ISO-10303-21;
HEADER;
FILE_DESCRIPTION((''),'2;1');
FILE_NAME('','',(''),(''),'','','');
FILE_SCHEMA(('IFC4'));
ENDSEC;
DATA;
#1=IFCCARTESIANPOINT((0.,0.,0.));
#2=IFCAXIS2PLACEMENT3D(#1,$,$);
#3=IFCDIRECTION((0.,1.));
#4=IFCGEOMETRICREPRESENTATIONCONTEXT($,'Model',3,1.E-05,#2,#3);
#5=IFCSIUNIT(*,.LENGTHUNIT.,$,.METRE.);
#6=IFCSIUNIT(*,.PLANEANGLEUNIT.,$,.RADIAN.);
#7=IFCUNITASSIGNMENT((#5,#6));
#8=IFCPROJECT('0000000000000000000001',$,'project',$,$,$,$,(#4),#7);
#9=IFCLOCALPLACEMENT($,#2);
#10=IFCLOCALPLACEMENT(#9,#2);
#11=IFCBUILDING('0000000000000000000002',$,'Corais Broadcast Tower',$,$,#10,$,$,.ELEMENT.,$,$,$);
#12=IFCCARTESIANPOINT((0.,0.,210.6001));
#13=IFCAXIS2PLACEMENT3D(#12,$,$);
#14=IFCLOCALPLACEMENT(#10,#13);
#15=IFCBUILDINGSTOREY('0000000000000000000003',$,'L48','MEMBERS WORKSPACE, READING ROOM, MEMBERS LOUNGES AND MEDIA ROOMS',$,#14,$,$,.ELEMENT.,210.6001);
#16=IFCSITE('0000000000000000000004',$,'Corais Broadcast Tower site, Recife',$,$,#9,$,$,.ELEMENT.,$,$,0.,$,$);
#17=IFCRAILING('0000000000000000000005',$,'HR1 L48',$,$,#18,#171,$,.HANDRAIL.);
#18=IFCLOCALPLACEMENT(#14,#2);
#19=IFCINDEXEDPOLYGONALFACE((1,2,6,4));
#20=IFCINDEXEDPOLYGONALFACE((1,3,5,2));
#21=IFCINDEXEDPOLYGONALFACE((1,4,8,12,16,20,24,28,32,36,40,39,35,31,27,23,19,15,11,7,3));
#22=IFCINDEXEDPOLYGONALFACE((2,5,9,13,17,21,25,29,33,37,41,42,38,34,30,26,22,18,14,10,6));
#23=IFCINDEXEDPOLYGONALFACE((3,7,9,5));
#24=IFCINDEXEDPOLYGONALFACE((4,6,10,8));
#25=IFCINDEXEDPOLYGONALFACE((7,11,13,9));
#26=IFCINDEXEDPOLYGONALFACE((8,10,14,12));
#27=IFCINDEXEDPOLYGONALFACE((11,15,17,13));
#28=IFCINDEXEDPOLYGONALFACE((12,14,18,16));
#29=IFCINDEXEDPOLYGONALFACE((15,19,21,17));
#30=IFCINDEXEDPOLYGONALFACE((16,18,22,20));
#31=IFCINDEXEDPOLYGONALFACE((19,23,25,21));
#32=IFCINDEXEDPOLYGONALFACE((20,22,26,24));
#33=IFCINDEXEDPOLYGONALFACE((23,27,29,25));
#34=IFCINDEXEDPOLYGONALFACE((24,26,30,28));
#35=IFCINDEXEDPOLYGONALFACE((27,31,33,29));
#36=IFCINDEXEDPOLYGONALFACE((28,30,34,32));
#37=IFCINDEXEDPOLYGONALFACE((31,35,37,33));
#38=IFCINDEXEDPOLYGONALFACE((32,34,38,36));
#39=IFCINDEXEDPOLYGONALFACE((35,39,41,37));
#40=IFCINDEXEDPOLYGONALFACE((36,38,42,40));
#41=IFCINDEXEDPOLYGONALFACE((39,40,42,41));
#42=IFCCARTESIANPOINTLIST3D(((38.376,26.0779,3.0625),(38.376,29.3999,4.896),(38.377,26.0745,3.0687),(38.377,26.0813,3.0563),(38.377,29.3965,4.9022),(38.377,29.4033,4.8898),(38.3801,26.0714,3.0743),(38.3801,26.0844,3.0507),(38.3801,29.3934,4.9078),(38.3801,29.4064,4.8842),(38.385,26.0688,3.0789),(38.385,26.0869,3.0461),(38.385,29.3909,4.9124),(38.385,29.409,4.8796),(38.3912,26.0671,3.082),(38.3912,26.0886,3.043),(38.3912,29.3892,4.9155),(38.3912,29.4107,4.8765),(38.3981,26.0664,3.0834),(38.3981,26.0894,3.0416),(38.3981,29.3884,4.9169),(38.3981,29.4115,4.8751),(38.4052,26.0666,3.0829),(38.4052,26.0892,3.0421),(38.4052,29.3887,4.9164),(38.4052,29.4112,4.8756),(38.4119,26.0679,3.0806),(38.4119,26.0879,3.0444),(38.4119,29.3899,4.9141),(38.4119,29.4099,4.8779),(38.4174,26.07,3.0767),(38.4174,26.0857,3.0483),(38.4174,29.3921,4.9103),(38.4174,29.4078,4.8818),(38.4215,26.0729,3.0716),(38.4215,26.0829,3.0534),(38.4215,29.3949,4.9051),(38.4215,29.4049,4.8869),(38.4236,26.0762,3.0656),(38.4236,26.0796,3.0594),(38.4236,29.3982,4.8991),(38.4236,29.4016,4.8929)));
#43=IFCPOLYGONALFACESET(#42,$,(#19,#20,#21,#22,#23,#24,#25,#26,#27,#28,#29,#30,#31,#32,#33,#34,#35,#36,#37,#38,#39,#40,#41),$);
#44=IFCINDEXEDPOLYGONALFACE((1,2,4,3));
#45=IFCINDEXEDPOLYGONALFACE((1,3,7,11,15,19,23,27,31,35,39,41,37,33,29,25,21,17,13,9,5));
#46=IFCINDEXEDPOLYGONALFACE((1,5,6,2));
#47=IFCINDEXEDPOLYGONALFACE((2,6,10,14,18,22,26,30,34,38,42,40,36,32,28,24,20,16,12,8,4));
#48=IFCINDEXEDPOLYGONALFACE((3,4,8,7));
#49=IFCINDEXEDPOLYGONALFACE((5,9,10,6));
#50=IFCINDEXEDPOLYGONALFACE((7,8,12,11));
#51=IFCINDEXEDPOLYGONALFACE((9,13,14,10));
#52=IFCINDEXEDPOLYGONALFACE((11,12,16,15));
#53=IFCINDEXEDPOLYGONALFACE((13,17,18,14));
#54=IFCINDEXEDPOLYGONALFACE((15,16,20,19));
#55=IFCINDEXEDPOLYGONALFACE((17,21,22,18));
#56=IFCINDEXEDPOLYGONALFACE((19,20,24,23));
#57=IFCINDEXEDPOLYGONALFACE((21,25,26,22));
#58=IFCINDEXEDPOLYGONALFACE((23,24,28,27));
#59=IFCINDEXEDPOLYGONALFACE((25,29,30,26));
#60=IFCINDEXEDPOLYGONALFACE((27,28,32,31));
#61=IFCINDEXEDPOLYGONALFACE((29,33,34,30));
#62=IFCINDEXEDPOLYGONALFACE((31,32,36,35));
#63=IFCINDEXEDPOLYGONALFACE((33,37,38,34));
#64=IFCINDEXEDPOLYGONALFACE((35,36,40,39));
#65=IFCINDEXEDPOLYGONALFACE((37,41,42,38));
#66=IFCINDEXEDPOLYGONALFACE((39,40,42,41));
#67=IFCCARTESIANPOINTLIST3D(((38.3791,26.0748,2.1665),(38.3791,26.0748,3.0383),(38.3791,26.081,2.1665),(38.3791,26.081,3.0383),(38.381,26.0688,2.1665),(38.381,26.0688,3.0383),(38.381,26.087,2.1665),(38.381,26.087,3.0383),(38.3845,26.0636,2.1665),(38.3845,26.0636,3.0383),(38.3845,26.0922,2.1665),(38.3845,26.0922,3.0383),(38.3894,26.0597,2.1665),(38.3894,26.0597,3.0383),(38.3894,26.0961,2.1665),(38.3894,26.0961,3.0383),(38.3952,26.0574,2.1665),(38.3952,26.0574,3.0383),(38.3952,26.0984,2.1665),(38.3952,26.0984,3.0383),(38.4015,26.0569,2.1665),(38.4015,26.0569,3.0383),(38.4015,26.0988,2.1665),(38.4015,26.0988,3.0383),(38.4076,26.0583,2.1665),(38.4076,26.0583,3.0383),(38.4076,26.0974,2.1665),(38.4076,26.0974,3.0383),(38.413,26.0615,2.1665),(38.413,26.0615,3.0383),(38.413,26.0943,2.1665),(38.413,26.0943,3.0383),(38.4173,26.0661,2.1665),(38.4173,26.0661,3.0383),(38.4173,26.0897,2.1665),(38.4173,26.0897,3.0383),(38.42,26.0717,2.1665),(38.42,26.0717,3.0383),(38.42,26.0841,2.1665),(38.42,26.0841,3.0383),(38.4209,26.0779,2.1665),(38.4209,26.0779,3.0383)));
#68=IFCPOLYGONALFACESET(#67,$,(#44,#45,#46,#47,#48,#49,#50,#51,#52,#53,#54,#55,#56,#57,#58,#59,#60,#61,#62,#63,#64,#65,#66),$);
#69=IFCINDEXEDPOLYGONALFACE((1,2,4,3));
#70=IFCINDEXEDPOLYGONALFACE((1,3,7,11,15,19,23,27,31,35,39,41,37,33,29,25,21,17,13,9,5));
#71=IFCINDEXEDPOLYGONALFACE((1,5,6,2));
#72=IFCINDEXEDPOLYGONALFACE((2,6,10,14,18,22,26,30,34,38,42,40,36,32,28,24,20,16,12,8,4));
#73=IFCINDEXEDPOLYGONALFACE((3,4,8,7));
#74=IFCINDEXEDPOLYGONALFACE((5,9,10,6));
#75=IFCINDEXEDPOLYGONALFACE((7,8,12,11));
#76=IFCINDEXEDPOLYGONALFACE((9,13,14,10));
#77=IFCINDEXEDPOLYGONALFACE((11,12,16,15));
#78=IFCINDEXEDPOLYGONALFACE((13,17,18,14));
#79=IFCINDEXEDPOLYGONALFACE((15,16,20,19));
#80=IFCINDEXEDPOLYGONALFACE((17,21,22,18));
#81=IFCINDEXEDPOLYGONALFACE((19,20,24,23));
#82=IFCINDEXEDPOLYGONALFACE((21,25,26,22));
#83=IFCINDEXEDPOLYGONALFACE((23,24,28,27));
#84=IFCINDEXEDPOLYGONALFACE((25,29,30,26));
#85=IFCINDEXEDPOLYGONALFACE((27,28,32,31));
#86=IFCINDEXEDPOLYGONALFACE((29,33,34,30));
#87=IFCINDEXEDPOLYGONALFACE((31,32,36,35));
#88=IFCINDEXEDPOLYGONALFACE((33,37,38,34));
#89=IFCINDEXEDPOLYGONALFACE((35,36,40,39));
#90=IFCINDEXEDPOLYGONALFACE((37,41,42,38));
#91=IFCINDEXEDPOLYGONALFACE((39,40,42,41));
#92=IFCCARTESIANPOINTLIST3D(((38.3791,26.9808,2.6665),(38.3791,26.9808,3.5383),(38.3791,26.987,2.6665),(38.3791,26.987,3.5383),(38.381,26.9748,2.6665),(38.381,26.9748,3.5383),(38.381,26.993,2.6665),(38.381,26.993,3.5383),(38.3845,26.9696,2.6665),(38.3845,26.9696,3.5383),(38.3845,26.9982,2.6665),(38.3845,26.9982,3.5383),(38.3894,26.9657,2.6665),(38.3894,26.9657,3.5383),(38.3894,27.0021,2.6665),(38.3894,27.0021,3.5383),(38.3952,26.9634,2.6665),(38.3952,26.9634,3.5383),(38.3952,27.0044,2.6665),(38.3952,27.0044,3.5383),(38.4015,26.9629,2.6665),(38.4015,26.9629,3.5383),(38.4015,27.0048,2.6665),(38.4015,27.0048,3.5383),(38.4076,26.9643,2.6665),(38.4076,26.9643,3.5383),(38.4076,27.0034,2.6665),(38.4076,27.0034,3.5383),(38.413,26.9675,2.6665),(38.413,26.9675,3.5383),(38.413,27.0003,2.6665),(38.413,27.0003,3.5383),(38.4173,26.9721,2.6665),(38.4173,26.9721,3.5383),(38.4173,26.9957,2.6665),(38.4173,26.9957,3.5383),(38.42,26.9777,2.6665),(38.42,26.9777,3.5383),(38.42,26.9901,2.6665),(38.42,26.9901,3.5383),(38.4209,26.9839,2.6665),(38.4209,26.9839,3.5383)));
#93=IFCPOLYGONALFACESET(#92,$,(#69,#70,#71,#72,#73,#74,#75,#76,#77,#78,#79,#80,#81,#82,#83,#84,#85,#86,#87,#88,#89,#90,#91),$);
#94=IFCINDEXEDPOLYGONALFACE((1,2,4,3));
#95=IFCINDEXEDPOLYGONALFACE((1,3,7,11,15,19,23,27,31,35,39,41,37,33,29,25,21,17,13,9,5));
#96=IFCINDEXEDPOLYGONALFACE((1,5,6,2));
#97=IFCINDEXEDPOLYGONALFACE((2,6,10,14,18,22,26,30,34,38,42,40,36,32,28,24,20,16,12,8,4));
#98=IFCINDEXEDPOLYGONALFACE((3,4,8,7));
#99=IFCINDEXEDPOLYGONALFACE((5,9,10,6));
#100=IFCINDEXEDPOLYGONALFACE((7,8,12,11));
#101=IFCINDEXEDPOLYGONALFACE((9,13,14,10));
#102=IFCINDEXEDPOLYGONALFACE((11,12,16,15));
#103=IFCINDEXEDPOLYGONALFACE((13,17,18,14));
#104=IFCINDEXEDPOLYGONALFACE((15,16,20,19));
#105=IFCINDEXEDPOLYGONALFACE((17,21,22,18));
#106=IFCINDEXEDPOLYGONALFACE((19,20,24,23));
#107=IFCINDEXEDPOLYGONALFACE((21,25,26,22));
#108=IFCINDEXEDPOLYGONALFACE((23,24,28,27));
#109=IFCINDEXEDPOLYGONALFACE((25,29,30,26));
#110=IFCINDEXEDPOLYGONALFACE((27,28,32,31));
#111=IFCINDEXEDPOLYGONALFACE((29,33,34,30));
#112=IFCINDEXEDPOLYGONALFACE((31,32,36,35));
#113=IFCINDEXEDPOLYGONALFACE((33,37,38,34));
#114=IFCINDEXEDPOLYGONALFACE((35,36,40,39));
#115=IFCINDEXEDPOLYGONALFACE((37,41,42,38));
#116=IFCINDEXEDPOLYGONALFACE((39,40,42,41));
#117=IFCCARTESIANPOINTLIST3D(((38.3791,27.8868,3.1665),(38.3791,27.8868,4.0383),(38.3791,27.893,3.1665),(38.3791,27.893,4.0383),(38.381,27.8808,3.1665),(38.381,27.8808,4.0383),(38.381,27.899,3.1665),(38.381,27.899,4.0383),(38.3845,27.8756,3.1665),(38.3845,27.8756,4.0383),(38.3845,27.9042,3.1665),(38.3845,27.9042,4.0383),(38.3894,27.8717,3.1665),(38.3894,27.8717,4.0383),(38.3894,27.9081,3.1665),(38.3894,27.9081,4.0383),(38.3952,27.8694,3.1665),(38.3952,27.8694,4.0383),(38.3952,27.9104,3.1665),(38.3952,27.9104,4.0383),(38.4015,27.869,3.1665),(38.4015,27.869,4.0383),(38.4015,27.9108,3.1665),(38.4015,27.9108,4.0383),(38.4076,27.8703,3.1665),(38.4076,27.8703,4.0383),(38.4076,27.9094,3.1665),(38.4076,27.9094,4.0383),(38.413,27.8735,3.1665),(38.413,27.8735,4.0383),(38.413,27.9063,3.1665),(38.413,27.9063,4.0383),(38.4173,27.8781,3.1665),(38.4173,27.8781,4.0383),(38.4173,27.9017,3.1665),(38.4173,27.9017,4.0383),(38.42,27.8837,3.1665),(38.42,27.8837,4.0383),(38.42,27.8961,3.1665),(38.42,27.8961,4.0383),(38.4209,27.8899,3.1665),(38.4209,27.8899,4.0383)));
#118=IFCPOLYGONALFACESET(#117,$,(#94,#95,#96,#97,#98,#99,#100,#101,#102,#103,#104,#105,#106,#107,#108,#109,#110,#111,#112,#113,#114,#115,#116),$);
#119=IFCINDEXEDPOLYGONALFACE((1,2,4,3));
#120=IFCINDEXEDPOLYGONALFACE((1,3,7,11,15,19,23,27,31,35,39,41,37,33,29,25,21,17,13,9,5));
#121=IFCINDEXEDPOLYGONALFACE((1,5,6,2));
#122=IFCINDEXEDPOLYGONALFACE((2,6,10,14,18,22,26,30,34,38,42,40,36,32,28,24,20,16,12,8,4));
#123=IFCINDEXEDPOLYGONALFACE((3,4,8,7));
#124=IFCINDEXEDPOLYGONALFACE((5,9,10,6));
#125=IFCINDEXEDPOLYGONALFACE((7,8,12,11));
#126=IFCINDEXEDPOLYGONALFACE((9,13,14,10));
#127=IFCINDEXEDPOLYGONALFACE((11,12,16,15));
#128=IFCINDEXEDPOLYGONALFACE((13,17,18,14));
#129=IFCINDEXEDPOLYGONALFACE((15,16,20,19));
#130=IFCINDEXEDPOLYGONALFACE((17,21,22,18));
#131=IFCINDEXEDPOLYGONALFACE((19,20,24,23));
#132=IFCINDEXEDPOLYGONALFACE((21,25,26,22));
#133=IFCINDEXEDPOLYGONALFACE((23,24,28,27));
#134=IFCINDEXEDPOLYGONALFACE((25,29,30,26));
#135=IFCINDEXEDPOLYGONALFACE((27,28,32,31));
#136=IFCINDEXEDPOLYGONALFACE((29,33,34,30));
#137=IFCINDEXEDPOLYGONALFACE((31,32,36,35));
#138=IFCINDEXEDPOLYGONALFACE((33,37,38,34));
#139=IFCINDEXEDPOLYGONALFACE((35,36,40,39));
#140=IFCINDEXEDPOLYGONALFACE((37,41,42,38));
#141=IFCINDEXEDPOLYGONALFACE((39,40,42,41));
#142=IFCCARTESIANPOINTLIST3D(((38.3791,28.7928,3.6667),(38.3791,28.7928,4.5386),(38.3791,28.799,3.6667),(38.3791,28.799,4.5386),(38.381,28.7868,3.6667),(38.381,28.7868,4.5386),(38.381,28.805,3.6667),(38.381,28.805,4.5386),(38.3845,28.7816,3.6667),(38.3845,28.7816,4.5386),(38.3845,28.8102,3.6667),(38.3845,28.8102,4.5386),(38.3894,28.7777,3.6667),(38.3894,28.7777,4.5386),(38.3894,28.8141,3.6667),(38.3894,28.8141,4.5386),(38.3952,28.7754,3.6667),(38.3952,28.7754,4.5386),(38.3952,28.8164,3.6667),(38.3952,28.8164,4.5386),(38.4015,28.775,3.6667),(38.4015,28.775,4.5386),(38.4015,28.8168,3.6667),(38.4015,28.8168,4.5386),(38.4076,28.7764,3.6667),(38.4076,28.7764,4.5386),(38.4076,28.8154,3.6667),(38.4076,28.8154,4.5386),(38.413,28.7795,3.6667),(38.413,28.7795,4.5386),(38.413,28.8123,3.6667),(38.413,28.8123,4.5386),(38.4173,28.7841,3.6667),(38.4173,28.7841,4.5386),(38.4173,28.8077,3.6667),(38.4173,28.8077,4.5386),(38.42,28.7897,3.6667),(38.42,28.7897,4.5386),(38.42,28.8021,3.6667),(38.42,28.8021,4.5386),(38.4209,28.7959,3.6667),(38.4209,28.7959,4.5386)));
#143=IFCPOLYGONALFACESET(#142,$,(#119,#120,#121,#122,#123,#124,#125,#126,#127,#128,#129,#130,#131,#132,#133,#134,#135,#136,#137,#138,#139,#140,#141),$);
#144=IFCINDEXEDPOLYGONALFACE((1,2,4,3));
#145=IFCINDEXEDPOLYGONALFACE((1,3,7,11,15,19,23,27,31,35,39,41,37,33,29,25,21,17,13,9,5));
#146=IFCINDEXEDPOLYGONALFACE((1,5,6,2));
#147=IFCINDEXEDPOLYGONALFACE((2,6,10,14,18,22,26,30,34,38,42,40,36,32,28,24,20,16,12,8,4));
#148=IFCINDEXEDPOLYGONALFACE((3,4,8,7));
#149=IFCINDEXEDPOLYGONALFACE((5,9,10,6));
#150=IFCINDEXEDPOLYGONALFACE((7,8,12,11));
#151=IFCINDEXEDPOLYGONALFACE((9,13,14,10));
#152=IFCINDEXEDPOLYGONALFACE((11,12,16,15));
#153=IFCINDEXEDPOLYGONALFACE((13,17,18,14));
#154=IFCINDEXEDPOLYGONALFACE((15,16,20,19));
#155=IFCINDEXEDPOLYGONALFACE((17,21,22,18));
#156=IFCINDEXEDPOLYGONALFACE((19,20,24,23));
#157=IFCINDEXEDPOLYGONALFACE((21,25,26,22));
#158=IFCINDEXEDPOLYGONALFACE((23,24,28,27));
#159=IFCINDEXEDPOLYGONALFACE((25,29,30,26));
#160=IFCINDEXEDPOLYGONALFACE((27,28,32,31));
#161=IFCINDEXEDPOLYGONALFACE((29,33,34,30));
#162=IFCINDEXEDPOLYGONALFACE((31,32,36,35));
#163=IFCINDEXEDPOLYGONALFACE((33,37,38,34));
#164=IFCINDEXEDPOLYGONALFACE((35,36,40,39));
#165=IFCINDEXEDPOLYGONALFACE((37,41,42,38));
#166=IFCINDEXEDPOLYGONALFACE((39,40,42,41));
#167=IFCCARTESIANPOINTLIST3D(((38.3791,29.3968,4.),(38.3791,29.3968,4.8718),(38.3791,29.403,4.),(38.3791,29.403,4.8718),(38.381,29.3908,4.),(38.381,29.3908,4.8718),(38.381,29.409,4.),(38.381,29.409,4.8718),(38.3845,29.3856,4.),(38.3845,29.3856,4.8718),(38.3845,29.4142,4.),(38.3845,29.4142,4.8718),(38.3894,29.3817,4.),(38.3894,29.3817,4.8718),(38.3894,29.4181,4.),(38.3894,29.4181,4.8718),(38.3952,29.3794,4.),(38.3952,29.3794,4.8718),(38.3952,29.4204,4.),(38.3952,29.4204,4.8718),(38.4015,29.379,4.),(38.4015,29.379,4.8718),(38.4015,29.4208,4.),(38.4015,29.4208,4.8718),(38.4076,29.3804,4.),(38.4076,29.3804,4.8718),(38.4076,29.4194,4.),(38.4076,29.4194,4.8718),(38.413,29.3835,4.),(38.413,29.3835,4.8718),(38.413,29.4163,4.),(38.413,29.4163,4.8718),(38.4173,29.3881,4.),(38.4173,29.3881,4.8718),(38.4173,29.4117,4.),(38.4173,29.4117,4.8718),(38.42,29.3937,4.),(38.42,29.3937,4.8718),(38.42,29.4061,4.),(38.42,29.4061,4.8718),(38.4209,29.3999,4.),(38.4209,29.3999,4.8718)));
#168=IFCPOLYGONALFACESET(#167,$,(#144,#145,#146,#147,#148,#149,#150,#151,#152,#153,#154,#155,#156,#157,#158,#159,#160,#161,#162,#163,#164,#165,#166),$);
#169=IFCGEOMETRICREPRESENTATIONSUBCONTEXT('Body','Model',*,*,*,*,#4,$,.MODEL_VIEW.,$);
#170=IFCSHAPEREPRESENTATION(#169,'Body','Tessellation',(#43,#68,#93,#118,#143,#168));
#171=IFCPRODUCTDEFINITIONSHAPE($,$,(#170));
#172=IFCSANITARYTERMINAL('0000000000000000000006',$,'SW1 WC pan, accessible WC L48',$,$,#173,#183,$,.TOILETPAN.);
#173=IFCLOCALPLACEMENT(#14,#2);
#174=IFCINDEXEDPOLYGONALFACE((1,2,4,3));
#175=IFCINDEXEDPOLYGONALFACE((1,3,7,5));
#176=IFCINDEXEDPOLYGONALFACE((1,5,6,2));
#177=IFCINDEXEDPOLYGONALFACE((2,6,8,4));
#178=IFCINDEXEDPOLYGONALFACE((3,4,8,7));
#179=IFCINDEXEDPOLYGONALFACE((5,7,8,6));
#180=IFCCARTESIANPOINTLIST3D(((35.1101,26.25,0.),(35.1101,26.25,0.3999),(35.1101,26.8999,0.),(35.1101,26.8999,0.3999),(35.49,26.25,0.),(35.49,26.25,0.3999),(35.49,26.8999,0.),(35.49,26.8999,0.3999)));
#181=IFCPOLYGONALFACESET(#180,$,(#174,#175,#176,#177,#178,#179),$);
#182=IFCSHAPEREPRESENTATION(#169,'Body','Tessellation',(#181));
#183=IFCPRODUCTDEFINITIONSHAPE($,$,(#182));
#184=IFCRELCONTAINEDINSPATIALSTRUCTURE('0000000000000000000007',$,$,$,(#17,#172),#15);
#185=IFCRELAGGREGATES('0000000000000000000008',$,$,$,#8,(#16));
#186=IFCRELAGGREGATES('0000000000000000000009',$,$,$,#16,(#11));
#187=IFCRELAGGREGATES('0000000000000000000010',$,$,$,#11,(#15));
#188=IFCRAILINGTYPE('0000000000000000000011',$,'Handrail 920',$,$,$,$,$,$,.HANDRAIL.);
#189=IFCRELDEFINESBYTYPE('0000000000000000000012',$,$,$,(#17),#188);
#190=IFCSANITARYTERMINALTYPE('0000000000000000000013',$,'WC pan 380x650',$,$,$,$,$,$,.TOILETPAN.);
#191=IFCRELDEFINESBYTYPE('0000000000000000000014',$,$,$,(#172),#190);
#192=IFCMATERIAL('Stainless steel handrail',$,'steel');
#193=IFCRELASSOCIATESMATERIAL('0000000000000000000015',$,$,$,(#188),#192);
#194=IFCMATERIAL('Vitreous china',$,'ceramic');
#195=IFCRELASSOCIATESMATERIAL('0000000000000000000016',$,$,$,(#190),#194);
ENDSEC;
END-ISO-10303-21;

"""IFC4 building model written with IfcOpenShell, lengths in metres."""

from ifc_helpers import new_model, si_unit, direction, frame, origin, origin_2d, place, context, subcontext, project, spatial, rectangle, circle, extrude, material, type_object, element, save


model = new_model("IFC4")

# Units and contexts
model_context = context("Model", 3, precision=1e-05, world=origin(), true_north=direction((0.0, 1.0)))
body_context = subcontext(model_context, "Body", "Model", "MODEL_VIEW")
ifc_project = project(units=[si_unit("LENGTHUNIT", "METRE"), si_unit("PLANEANGLEUNIT", "RADIAN")], contexts=[model_context])

# Site, building, storey
site_placement = place(None, origin())
site = spatial("IfcSite", under=ifc_project, at=site_placement, Name="Corais Broadcast Tower site, Recife", CompositionType="ELEMENT", RefElevation=0.0)
building_placement = place(site_placement, origin())
building = spatial("IfcBuilding", under=site, at=building_placement, Name="Corais Broadcast Tower", CompositionType="ELEMENT")
storey_placement = place(building_placement, frame((0.0, 0.0, 210.6001)))
storey = spatial("IfcBuildingStorey", under=building, at=storey_placement, Name="L48", Description="MEMBERS WORKSPACE, READING ROOM, MEMBERS LOUNGES AND MEDIA ROOMS", CompositionType="ELEMENT", Elevation=210.6001)

# Railing
ifc_material_1 = material(Name="Stainless steel handrail", Category="steel")
railing_type = type_object("IfcRailingType", Name="Handrail 920", PredefinedType="HANDRAIL", material=ifc_material_1)
for number, where, name in (
    (1, (38.3999, 26.0779, 2.1665), "HR1 L48"),
):
    element("IfcRailing", number, at=place(storey_placement, frame(where)), inside=storey, type_object=railing_type, Name=name, PredefinedType="HANDRAIL", context=body_context, shape_type="SweptSolid", body=[
        extrude(circle(Radius=0.0239, at=origin_2d()), frame((0.0, 0.0, 0.896), z_axis=(0.0, 0.875504, 0.48321), x_axis=(-1.0, 0.0, 0.0)), (0.0, 0.0, 1.0), 3.7944),
        extrude(circle(Radius=0.021, at=origin_2d()), origin(), (0.0, 0.0, 1.0), 0.8718),
        extrude(circle(Radius=0.021, at=origin_2d()), frame((0.0, 0.906, 0.5)), (0.0, 0.0, 1.0), 0.8718),
        extrude(circle(Radius=0.021, at=origin_2d()), frame((0.0, 1.812, 1.0)), (0.0, 0.0, 1.0), 0.8718),
        extrude(circle(Radius=0.021, at=origin_2d()), frame((0.0, 2.718, 1.5002)), (0.0, 0.0, 1.0), 0.8718),
        extrude(circle(Radius=0.021, at=origin_2d()), frame((0.0, 3.322, 1.8335)), (0.0, 0.0, 1.0), 0.8718),
    ])

# Sanitary terminal
ifc_material_2 = material(Name="Vitreous china", Category="ceramic")
sanitary_terminal_type = type_object("IfcSanitaryTerminalType", Name="WC pan 380x650", PredefinedType="TOILETPAN", material=ifc_material_2)
sanitary_terminal_placement = place(storey_placement, frame((35.3, 26.575, 0.0), z_axis=(0.0, 0.0, 1.0), x_axis=(1.0, 0.0, 0.0)))
element("IfcSanitaryTerminal", 2, at=sanitary_terminal_placement, inside=storey, type_object=sanitary_terminal_type, Name="SW1 WC pan, accessible WC L48", PredefinedType="TOILETPAN", context=body_context, shape_type="SweptSolid", body=[
    extrude(rectangle(XDim=0.3799, YDim=0.6499, at=origin_2d()), origin(), (0.0, 0.0, 1.0), 0.3999),
])

save(model, "model.ifc")
